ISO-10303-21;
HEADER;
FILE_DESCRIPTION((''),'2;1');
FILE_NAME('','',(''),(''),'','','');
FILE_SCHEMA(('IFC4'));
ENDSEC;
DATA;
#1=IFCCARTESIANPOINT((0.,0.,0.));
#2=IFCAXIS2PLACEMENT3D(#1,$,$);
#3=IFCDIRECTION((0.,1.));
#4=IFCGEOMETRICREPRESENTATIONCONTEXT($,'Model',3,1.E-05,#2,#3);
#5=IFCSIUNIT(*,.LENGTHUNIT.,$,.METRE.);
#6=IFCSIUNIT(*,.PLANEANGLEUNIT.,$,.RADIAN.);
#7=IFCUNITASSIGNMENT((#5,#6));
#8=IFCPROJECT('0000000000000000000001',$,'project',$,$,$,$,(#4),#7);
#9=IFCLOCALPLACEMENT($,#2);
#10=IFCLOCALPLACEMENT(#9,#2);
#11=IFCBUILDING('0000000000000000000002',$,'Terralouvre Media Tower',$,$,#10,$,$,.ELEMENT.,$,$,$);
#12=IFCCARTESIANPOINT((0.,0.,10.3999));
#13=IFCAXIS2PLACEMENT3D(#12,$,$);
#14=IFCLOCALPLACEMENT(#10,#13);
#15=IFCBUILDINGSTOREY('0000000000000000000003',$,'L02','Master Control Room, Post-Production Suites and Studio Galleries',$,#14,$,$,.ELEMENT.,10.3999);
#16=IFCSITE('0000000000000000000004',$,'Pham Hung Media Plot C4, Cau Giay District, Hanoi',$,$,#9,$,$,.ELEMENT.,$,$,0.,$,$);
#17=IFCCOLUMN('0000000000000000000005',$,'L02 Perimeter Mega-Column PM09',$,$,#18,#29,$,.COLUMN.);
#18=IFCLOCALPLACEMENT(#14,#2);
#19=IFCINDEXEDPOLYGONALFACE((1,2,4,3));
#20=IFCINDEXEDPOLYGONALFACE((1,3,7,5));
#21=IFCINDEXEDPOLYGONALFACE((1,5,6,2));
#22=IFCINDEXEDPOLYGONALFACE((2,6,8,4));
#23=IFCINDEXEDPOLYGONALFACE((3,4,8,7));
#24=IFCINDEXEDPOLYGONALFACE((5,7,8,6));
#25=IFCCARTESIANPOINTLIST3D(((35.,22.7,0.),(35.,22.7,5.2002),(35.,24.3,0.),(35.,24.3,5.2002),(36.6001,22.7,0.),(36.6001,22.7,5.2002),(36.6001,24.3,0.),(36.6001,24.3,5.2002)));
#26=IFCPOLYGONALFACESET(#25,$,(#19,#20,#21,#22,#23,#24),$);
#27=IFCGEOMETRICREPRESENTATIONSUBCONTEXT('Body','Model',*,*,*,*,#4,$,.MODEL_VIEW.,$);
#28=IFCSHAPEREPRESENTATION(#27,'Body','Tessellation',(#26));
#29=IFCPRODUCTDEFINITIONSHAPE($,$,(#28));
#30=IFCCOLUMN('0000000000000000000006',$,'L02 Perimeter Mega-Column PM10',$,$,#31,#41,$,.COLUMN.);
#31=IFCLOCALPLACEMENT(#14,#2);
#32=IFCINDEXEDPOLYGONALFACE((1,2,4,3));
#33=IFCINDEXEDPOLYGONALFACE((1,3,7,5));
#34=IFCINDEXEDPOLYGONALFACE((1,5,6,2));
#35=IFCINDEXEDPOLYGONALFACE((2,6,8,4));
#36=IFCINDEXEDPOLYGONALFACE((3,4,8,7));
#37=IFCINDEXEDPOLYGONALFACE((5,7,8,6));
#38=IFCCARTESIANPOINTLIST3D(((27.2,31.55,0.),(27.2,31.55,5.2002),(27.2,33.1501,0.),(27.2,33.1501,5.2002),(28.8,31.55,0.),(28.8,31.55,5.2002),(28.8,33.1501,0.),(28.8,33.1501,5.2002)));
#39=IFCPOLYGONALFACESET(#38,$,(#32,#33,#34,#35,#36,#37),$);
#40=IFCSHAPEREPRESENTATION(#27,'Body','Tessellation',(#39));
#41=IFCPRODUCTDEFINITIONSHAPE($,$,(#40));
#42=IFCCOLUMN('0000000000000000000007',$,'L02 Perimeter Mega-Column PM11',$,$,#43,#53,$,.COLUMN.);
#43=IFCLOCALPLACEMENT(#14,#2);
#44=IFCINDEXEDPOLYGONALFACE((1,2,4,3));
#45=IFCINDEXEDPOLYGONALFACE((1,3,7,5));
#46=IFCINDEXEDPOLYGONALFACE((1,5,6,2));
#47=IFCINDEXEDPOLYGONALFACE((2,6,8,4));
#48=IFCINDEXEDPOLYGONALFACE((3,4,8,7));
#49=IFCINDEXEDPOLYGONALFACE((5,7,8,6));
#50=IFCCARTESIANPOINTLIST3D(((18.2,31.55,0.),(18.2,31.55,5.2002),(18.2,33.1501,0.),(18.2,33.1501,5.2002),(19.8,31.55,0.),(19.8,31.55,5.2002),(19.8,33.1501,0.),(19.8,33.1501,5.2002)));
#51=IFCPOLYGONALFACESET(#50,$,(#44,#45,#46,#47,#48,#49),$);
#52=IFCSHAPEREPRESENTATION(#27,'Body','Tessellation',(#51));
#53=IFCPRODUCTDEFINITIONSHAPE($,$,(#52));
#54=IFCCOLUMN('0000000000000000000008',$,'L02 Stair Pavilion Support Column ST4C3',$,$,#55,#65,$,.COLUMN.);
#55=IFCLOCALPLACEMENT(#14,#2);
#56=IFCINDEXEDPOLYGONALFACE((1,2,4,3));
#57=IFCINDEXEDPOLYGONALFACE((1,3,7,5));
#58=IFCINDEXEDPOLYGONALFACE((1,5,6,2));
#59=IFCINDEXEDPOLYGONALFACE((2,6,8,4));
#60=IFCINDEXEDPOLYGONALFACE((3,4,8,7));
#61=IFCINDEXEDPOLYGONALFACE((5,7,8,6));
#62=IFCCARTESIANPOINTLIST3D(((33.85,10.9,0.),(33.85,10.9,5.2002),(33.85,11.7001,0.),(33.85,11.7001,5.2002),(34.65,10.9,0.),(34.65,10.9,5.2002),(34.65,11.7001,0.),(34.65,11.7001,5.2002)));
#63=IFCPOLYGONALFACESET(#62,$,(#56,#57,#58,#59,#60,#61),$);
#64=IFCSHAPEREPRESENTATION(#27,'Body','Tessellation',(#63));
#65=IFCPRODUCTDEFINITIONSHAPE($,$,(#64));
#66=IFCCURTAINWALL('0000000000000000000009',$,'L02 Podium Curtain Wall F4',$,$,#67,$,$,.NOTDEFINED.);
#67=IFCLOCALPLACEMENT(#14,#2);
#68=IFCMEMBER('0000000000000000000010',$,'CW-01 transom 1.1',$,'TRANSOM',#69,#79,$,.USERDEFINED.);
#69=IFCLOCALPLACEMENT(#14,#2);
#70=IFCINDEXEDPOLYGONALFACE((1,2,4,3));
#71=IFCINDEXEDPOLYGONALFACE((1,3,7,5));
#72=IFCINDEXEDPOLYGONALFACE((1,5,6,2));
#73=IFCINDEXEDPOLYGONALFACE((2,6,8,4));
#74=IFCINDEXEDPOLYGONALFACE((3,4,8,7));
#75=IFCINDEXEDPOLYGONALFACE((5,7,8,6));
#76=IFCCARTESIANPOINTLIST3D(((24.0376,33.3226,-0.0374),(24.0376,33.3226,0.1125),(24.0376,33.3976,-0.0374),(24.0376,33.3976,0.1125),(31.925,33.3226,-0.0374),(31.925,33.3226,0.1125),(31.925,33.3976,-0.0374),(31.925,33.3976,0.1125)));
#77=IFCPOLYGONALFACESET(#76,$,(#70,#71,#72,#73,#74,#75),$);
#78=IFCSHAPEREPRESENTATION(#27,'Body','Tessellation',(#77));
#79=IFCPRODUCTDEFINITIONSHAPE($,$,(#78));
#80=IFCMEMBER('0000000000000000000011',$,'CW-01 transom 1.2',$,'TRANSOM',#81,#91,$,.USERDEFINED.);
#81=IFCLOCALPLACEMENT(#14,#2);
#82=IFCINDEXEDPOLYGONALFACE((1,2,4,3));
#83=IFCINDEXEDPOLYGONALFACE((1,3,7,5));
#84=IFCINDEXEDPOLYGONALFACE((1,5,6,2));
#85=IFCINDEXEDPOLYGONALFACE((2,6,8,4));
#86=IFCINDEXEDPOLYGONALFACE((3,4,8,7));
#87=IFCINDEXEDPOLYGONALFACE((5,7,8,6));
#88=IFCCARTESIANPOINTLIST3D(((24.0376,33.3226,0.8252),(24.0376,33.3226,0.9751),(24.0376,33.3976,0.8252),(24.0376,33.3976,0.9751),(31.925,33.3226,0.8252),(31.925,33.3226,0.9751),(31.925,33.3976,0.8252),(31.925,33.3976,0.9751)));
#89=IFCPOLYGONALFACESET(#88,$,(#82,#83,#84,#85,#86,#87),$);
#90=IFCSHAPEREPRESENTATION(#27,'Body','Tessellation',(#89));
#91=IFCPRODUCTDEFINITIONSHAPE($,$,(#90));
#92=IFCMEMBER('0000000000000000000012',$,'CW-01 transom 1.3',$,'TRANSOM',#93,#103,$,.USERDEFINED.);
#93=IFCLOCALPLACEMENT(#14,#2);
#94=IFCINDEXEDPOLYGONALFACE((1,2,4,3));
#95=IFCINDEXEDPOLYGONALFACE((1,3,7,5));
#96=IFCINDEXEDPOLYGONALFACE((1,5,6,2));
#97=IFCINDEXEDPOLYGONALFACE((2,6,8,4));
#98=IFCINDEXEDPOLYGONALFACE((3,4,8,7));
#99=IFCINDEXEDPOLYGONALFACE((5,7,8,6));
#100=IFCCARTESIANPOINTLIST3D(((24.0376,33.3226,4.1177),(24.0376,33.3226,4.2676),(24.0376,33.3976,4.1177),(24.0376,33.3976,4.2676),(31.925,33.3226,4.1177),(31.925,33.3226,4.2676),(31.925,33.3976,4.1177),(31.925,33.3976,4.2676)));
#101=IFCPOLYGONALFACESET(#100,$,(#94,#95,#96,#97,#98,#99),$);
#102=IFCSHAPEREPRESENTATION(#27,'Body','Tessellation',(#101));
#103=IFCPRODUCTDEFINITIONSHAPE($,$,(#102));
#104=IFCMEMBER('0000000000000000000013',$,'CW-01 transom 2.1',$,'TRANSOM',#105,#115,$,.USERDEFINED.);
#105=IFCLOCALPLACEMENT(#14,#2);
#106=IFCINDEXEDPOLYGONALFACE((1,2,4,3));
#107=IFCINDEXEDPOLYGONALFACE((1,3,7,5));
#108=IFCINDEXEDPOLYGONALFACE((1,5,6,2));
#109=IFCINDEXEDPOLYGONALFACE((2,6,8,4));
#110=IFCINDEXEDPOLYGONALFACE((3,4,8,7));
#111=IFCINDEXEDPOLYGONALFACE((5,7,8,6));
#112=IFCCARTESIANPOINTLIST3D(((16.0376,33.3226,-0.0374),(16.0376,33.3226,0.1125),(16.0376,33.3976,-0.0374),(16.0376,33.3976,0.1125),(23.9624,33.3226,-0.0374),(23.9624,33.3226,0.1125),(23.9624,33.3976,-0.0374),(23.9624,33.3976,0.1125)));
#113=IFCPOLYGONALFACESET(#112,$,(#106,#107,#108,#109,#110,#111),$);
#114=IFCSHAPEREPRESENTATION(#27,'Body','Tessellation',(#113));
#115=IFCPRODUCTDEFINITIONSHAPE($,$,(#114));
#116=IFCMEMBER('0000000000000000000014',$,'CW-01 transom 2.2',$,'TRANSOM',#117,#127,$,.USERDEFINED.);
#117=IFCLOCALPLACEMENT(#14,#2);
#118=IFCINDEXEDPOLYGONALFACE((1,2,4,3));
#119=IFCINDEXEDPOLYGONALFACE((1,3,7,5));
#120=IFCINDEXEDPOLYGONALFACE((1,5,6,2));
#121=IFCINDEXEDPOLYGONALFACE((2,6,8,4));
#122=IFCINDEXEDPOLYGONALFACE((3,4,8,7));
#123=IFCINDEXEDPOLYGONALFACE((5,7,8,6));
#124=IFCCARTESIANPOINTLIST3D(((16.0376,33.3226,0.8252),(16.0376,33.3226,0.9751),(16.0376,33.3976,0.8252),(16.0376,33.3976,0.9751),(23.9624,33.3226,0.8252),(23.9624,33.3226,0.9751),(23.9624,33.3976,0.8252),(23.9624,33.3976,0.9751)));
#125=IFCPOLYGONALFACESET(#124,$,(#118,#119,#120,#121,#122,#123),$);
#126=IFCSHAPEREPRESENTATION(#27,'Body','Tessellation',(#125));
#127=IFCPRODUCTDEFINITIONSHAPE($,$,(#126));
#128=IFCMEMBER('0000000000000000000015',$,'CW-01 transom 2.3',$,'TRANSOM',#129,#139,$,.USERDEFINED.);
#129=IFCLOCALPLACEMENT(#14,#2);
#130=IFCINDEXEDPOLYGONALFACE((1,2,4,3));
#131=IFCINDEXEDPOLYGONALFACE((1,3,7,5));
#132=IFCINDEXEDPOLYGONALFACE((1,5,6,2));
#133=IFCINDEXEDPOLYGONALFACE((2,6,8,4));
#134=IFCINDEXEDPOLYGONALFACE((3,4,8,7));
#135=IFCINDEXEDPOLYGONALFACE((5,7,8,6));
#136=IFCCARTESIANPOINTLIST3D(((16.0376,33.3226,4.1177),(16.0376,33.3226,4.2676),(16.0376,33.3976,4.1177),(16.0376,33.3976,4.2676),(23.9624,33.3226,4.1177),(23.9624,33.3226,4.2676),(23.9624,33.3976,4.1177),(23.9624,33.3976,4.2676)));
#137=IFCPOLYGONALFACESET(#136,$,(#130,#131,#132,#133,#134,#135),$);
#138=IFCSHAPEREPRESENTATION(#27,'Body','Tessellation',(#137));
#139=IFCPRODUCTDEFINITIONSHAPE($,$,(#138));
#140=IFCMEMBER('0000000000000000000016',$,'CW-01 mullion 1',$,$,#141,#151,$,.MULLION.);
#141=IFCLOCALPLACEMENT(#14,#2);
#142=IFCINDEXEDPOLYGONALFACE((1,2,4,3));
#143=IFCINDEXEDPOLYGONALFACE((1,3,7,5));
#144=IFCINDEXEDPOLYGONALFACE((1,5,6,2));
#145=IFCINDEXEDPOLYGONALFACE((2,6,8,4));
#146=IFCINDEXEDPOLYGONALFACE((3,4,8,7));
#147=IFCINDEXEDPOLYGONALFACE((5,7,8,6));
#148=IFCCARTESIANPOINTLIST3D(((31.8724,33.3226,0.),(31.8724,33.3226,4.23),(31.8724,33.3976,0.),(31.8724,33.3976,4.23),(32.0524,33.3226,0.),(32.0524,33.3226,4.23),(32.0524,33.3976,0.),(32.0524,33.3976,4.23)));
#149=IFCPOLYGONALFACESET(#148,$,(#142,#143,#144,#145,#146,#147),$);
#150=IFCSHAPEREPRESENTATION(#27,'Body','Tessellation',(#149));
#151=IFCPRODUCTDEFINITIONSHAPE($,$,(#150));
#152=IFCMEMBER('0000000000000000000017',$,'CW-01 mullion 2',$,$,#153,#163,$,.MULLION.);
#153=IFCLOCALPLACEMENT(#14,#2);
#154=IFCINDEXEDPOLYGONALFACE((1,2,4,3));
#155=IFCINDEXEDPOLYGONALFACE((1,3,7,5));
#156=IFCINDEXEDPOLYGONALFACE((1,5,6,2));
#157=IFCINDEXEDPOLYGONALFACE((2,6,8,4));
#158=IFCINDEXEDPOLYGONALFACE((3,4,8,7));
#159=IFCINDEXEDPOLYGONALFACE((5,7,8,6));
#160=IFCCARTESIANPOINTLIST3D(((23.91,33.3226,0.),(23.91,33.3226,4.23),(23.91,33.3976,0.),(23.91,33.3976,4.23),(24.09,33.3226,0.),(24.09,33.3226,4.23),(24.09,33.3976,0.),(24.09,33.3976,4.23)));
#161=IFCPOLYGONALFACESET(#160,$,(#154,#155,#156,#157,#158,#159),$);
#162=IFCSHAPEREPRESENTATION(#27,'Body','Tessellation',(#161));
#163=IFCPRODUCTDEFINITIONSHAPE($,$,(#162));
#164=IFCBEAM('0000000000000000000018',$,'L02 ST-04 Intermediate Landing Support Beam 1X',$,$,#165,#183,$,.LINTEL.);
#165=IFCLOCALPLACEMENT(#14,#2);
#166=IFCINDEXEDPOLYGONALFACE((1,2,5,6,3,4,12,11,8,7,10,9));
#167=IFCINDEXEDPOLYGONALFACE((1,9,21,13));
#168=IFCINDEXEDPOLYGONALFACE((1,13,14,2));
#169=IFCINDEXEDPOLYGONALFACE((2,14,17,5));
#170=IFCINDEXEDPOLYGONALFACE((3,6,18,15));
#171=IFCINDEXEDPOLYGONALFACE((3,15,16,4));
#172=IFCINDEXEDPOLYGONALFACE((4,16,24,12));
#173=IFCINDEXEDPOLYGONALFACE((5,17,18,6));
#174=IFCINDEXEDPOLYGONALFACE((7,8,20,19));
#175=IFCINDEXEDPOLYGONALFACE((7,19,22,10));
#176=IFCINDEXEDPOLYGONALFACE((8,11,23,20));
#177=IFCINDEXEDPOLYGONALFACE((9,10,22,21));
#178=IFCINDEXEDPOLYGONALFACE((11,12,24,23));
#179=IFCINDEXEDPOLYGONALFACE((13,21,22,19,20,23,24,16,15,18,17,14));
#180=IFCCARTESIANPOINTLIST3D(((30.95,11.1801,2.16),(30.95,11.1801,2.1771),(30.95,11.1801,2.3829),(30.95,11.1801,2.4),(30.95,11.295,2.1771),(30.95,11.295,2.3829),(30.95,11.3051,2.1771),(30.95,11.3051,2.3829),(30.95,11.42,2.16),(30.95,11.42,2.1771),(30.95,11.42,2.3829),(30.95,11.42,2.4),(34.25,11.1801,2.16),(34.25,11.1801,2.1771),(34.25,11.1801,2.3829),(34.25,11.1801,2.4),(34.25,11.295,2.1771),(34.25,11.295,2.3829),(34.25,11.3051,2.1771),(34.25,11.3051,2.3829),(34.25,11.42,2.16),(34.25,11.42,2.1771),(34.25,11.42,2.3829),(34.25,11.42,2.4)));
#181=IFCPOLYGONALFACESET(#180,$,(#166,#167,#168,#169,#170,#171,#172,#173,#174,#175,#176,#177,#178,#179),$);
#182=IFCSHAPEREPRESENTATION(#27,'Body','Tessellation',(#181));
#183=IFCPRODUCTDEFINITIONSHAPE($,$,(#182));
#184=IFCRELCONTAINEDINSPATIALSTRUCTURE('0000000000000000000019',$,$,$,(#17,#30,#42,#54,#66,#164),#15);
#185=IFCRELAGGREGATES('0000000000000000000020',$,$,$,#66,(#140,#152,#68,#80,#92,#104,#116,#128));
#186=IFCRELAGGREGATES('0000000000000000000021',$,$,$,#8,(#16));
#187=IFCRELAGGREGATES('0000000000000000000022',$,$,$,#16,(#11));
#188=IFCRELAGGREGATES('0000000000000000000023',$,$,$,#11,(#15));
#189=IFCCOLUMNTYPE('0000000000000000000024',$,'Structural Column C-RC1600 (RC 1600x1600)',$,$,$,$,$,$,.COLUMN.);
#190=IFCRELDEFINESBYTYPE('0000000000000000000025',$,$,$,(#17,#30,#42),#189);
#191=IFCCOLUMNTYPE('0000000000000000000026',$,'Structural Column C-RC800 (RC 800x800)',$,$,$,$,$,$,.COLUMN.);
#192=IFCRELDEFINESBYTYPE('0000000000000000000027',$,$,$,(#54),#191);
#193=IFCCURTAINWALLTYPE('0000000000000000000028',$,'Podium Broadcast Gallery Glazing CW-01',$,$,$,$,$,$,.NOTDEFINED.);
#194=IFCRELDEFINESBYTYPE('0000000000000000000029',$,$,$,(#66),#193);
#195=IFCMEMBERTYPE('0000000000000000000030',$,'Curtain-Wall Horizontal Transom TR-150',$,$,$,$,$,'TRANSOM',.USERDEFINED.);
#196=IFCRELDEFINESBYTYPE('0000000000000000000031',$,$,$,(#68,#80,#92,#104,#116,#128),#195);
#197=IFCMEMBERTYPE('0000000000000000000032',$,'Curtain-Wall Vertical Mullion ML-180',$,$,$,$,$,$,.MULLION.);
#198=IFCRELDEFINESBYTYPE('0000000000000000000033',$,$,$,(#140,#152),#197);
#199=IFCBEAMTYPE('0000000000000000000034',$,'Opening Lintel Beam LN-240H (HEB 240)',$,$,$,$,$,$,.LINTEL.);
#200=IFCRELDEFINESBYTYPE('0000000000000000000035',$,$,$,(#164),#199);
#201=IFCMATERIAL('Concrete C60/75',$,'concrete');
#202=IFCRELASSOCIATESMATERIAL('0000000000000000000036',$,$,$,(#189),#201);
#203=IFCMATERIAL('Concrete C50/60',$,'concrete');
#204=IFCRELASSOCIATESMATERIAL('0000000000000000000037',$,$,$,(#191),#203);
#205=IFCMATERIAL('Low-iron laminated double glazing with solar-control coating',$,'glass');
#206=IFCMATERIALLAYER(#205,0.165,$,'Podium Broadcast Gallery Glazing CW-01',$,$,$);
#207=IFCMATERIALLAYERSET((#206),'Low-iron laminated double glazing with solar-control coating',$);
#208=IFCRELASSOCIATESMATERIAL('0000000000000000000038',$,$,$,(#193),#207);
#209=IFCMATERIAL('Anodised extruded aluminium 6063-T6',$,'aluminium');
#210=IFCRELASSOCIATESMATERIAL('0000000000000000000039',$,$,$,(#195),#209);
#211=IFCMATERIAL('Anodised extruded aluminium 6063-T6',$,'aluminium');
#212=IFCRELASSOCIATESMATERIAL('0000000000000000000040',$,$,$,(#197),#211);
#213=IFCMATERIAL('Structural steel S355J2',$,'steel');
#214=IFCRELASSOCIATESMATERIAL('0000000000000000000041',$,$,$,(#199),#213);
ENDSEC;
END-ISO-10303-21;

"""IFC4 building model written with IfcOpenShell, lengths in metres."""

from ifc_helpers import new_model, si_unit, direction, frame, origin, origin_2d, place, context, subcontext, project, spatial, rectangle, i_section, extrude, material, layer, layer_set, material_profile, profile_set, type_object, element, aggregate, save


model = new_model("IFC4")

# Units and contexts
model_context = context("Model", 3, precision=1e-05, world=origin(), true_north=direction((0.0, 1.0)))
body_context = subcontext(model_context, "Body", "Model", "MODEL_VIEW")
ifc_project = project(units=[si_unit("LENGTHUNIT", "METRE"), si_unit("PLANEANGLEUNIT", "RADIAN")], contexts=[model_context])

# Site, building, storey
site_placement = place(None, origin())
site = spatial("IfcSite", under=ifc_project, at=site_placement, Name="Pham Hung Media Plot C4, Cau Giay District, Hanoi", CompositionType="ELEMENT", RefElevation=0.0)
building_placement = place(site_placement, origin())
building = spatial("IfcBuilding", under=site, at=building_placement, Name="Terralouvre Media Tower", CompositionType="ELEMENT")
storey_placement = place(building_placement, frame((0.0, 0.0, 10.3999)))
storey = spatial("IfcBuildingStorey", under=building, at=storey_placement, Name="L02", Description="Master Control Room, Post-Production Suites and Studio Galleries", CompositionType="ELEMENT", Elevation=10.3999)

# Columns
ifc_material_1 = material(Name="Concrete C60/75", Category="concrete")
ifc_material_profile_1 = material_profile(ifc_material_1, rectangle(XDim=1.6001, YDim=1.6001, at=origin_2d()), Name="RC 1600x1600")
ifc_profile_set_1 = profile_set([ifc_material_profile_1], Name="Concrete C60/75")
column_type_1 = type_object("IfcColumnType", Name="Structural Column C-RC1600 (RC 1600x1600)", PredefinedType="COLUMN", material=ifc_profile_set_1)
for number, where, z_axis, x_axis, name in (
    (1, (35.8, 23.5, 0.0), (0.0, 0.0, 1.0), (1.0, 0.0, 0.0), "L02 Perimeter Mega-Column PM09"),
    (2, (28.0, 32.3501, 0.0), (0.0, 0.0, 1.0), (1.0, 0.0, 0.0), "L02 Perimeter Mega-Column PM10"),
    (3, (19.0, 32.3501, 0.0), (0.0, 0.0, 1.0), (1.0, 0.0, 0.0), "L02 Perimeter Mega-Column PM11"),
):
    element("IfcColumn", number, at=place(storey_placement, frame(where, z_axis=z_axis, x_axis=x_axis)), inside=storey, type_object=column_type_1, Name=name, PredefinedType="COLUMN", context=body_context, shape_type="SweptSolid", body=[
        extrude(rectangle(XDim=1.6001, YDim=1.6001, at=origin_2d()), origin(), (0.0, 0.0, 1.0), 5.2002),
    ])
ifc_material_2 = material(Name="Concrete C50/60", Category="concrete")
ifc_material_profile_2 = material_profile(ifc_material_2, rectangle(XDim=0.8, YDim=0.8, at=origin_2d()), Name="RC 800x800")
ifc_profile_set_2 = profile_set([ifc_material_profile_2], Name="Concrete C50/60")
column_type_2 = type_object("IfcColumnType", Name="Structural Column C-RC800 (RC 800x800)", PredefinedType="COLUMN", material=ifc_profile_set_2)
column_placement = place(storey_placement, frame((34.25, 11.3, 0.0), z_axis=(0.0, 0.0, 1.0), x_axis=(1.0, 0.0, 0.0)))
element("IfcColumn", 4, at=column_placement, inside=storey, type_object=column_type_2, Name="L02 Stair Pavilion Support Column ST4C3", PredefinedType="COLUMN", context=body_context, shape_type="SweptSolid", body=[
    extrude(rectangle(XDim=0.8, YDim=0.8, at=origin_2d()), origin(), (0.0, 0.0, 1.0), 5.2002),
])

# Curtain wall, members
ifc_material_3 = material(Name="Low-iron laminated double glazing with solar-control coating", Category="glass")
ifc_layer_1 = layer(ifc_material_3, 0.165, Name="Podium Broadcast Gallery Glazing CW-01")
ifc_layer_set_1 = layer_set([ifc_layer_1], Name="Low-iron laminated double glazing with solar-control coating")
curtain_wall_type = type_object("IfcCurtainWallType", Name="Podium Broadcast Gallery Glazing CW-01", PredefinedType="NOTDEFINED", material=ifc_layer_set_1)
curtain_wall_placement = place(storey_placement, origin())
curtain_wall = element("IfcCurtainWall", 5, at=curtain_wall_placement, inside=storey, type_object=curtain_wall_type, Name="L02 Podium Curtain Wall F4", PredefinedType="NOTDEFINED")
ifc_material_4 = material(Name="Anodised extruded aluminium 6063-T6", Category="aluminium")
ifc_material_profile_3 = material_profile(ifc_material_4, rectangle(XDim=0.075, YDim=0.1499, at=origin_2d()), Name="ALU 75x150")
ifc_profile_set_3 = profile_set([ifc_material_profile_3], Name="Anodised extruded aluminium 6063-T6")
member_type_1 = type_object("IfcMemberType", Name="Curtain-Wall Horizontal Transom TR-150", ElementType="TRANSOM", PredefinedType="USERDEFINED", material=ifc_profile_set_3)
member_1_placement = place(storey_placement, frame((31.925, 33.3601, 0.0376), z_axis=(-1.0, 0.0, 0.0), x_axis=(0.0, -1.0, 0.0)))
member_1 = element("IfcMember", 6, at=member_1_placement, type_object=member_type_1, Name="CW-01 transom 1.1", ObjectType="TRANSOM", PredefinedType="USERDEFINED", context=body_context, shape_type="SweptSolid", body=[
    extrude(rectangle(XDim=0.075, YDim=0.1499, at=origin_2d()), origin(), (0.0, 0.0, 1.0), 7.8875),
])
member_2_placement = place(storey_placement, frame((31.925, 33.3601, 0.9001), z_axis=(-1.0, 0.0, 0.0), x_axis=(0.0, -1.0, 0.0)))
member_2 = element("IfcMember", 7, at=member_2_placement, type_object=member_type_1, Name="CW-01 transom 1.2", ObjectType="TRANSOM", PredefinedType="USERDEFINED", context=body_context, shape_type="SweptSolid", body=[
    extrude(rectangle(XDim=0.075, YDim=0.1499, at=origin_2d()), origin(), (0.0, 0.0, 1.0), 7.8875),
])
member_3_placement = place(storey_placement, frame((31.925, 33.3601, 4.1926), z_axis=(-1.0, 0.0, 0.0), x_axis=(0.0, -1.0, 0.0)))
member_3 = element("IfcMember", 8, at=member_3_placement, type_object=member_type_1, Name="CW-01 transom 1.3", ObjectType="TRANSOM", PredefinedType="USERDEFINED", context=body_context, shape_type="SweptSolid", body=[
    extrude(rectangle(XDim=0.075, YDim=0.1499, at=origin_2d()), origin(), (0.0, 0.0, 1.0), 7.8875),
])
member_4_placement = place(storey_placement, frame((23.9624, 33.3601, 0.0376), z_axis=(-1.0, 0.0, 0.0), x_axis=(0.0, -1.0, 0.0)))
member_4 = element("IfcMember", 9, at=member_4_placement, type_object=member_type_1, Name="CW-01 transom 2.1", ObjectType="TRANSOM", PredefinedType="USERDEFINED", context=body_context, shape_type="SweptSolid", body=[
    extrude(rectangle(XDim=0.075, YDim=0.1499, at=origin_2d()), origin(), (0.0, 0.0, 1.0), 7.9248),
])
member_5_placement = place(storey_placement, frame((23.9624, 33.3601, 0.9001), z_axis=(-1.0, 0.0, 0.0), x_axis=(0.0, -1.0, 0.0)))
member_5 = element("IfcMember", 10, at=member_5_placement, type_object=member_type_1, Name="CW-01 transom 2.2", ObjectType="TRANSOM", PredefinedType="USERDEFINED", context=body_context, shape_type="SweptSolid", body=[
    extrude(rectangle(XDim=0.075, YDim=0.1499, at=origin_2d()), origin(), (0.0, 0.0, 1.0), 7.9248),
])
member_6_placement = place(storey_placement, frame((23.9624, 33.3601, 4.1926), z_axis=(-1.0, 0.0, 0.0), x_axis=(0.0, -1.0, 0.0)))
member_6 = element("IfcMember", 11, at=member_6_placement, type_object=member_type_1, Name="CW-01 transom 2.3", ObjectType="TRANSOM", PredefinedType="USERDEFINED", context=body_context, shape_type="SweptSolid", body=[
    extrude(rectangle(XDim=0.075, YDim=0.1499, at=origin_2d()), origin(), (0.0, 0.0, 1.0), 7.9248),
])
ifc_material_5 = material(Name="Anodised extruded aluminium 6063-T6", Category="aluminium")
ifc_material_profile_4 = material_profile(ifc_material_5, rectangle(XDim=0.075, YDim=0.1799, at=origin_2d()), Name="ALU 75x180")
ifc_profile_set_4 = profile_set([ifc_material_profile_4], Name="Anodised extruded aluminium 6063-T6")
member_type_2 = type_object("IfcMemberType", Name="Curtain-Wall Vertical Mullion ML-180", PredefinedType="MULLION", material=ifc_profile_set_4)
member_7_placement = place(storey_placement, frame((31.9624, 33.3601, 0.0), z_axis=(0.0, 0.0, 1.0), x_axis=(0.0, -1.0, 0.0)))
member_7 = element("IfcMember", 12, at=member_7_placement, type_object=member_type_2, Name="CW-01 mullion 1", PredefinedType="MULLION", context=body_context, shape_type="SweptSolid", body=[
    extrude(rectangle(XDim=0.075, YDim=0.1799, at=origin_2d()), origin(), (0.0, 0.0, 1.0), 4.23),
])
member_8_placement = place(storey_placement, frame((24.0, 33.3601, 0.0), z_axis=(0.0, 0.0, 1.0), x_axis=(0.0, -1.0, 0.0)))
member_8 = element("IfcMember", 13, at=member_8_placement, type_object=member_type_2, Name="CW-01 mullion 2", PredefinedType="MULLION", context=body_context, shape_type="SweptSolid", body=[
    extrude(rectangle(XDim=0.075, YDim=0.1799, at=origin_2d()), origin(), (0.0, 0.0, 1.0), 4.23),
])

# Beam
ifc_material_6 = material(Name="Structural steel S355J2", Category="steel")
ifc_material_profile_5 = material_profile(ifc_material_6, i_section(OverallWidth=0.24, OverallDepth=0.24, WebThickness=0.01, FlangeThickness=0.0171, at=origin_2d()), Name="HEB 240")
ifc_profile_set_5 = profile_set([ifc_material_profile_5], Name="Structural steel S355J2")
beam_type_1 = type_object("IfcBeamType", Name="Opening Lintel Beam LN-240H (HEB 240)", PredefinedType="LINTEL", material=ifc_profile_set_5)
beam_1_placement = place(storey_placement, frame((30.95, 11.3, 2.28), z_axis=(1.0, 0.0, 0.0), x_axis=(0.0, 1.0, 0.0)))
element("IfcBeam", 14, at=beam_1_placement, inside=storey, type_object=beam_type_1, Name="L02 ST-04 Intermediate Landing Support Beam 1X", PredefinedType="LINTEL", context=body_context, shape_type="SweptSolid", body=[
    extrude(i_section(OverallWidth=0.24, OverallDepth=0.24, WebThickness=0.01, FlangeThickness=0.0171, at=origin_2d()), origin(), (0.0, 0.0, 1.0), 3.3),
])

aggregate(curtain_wall, [member_7, member_8, member_1, member_2, member_3, member_4, member_5, member_6])

save(model, "model.ifc")
